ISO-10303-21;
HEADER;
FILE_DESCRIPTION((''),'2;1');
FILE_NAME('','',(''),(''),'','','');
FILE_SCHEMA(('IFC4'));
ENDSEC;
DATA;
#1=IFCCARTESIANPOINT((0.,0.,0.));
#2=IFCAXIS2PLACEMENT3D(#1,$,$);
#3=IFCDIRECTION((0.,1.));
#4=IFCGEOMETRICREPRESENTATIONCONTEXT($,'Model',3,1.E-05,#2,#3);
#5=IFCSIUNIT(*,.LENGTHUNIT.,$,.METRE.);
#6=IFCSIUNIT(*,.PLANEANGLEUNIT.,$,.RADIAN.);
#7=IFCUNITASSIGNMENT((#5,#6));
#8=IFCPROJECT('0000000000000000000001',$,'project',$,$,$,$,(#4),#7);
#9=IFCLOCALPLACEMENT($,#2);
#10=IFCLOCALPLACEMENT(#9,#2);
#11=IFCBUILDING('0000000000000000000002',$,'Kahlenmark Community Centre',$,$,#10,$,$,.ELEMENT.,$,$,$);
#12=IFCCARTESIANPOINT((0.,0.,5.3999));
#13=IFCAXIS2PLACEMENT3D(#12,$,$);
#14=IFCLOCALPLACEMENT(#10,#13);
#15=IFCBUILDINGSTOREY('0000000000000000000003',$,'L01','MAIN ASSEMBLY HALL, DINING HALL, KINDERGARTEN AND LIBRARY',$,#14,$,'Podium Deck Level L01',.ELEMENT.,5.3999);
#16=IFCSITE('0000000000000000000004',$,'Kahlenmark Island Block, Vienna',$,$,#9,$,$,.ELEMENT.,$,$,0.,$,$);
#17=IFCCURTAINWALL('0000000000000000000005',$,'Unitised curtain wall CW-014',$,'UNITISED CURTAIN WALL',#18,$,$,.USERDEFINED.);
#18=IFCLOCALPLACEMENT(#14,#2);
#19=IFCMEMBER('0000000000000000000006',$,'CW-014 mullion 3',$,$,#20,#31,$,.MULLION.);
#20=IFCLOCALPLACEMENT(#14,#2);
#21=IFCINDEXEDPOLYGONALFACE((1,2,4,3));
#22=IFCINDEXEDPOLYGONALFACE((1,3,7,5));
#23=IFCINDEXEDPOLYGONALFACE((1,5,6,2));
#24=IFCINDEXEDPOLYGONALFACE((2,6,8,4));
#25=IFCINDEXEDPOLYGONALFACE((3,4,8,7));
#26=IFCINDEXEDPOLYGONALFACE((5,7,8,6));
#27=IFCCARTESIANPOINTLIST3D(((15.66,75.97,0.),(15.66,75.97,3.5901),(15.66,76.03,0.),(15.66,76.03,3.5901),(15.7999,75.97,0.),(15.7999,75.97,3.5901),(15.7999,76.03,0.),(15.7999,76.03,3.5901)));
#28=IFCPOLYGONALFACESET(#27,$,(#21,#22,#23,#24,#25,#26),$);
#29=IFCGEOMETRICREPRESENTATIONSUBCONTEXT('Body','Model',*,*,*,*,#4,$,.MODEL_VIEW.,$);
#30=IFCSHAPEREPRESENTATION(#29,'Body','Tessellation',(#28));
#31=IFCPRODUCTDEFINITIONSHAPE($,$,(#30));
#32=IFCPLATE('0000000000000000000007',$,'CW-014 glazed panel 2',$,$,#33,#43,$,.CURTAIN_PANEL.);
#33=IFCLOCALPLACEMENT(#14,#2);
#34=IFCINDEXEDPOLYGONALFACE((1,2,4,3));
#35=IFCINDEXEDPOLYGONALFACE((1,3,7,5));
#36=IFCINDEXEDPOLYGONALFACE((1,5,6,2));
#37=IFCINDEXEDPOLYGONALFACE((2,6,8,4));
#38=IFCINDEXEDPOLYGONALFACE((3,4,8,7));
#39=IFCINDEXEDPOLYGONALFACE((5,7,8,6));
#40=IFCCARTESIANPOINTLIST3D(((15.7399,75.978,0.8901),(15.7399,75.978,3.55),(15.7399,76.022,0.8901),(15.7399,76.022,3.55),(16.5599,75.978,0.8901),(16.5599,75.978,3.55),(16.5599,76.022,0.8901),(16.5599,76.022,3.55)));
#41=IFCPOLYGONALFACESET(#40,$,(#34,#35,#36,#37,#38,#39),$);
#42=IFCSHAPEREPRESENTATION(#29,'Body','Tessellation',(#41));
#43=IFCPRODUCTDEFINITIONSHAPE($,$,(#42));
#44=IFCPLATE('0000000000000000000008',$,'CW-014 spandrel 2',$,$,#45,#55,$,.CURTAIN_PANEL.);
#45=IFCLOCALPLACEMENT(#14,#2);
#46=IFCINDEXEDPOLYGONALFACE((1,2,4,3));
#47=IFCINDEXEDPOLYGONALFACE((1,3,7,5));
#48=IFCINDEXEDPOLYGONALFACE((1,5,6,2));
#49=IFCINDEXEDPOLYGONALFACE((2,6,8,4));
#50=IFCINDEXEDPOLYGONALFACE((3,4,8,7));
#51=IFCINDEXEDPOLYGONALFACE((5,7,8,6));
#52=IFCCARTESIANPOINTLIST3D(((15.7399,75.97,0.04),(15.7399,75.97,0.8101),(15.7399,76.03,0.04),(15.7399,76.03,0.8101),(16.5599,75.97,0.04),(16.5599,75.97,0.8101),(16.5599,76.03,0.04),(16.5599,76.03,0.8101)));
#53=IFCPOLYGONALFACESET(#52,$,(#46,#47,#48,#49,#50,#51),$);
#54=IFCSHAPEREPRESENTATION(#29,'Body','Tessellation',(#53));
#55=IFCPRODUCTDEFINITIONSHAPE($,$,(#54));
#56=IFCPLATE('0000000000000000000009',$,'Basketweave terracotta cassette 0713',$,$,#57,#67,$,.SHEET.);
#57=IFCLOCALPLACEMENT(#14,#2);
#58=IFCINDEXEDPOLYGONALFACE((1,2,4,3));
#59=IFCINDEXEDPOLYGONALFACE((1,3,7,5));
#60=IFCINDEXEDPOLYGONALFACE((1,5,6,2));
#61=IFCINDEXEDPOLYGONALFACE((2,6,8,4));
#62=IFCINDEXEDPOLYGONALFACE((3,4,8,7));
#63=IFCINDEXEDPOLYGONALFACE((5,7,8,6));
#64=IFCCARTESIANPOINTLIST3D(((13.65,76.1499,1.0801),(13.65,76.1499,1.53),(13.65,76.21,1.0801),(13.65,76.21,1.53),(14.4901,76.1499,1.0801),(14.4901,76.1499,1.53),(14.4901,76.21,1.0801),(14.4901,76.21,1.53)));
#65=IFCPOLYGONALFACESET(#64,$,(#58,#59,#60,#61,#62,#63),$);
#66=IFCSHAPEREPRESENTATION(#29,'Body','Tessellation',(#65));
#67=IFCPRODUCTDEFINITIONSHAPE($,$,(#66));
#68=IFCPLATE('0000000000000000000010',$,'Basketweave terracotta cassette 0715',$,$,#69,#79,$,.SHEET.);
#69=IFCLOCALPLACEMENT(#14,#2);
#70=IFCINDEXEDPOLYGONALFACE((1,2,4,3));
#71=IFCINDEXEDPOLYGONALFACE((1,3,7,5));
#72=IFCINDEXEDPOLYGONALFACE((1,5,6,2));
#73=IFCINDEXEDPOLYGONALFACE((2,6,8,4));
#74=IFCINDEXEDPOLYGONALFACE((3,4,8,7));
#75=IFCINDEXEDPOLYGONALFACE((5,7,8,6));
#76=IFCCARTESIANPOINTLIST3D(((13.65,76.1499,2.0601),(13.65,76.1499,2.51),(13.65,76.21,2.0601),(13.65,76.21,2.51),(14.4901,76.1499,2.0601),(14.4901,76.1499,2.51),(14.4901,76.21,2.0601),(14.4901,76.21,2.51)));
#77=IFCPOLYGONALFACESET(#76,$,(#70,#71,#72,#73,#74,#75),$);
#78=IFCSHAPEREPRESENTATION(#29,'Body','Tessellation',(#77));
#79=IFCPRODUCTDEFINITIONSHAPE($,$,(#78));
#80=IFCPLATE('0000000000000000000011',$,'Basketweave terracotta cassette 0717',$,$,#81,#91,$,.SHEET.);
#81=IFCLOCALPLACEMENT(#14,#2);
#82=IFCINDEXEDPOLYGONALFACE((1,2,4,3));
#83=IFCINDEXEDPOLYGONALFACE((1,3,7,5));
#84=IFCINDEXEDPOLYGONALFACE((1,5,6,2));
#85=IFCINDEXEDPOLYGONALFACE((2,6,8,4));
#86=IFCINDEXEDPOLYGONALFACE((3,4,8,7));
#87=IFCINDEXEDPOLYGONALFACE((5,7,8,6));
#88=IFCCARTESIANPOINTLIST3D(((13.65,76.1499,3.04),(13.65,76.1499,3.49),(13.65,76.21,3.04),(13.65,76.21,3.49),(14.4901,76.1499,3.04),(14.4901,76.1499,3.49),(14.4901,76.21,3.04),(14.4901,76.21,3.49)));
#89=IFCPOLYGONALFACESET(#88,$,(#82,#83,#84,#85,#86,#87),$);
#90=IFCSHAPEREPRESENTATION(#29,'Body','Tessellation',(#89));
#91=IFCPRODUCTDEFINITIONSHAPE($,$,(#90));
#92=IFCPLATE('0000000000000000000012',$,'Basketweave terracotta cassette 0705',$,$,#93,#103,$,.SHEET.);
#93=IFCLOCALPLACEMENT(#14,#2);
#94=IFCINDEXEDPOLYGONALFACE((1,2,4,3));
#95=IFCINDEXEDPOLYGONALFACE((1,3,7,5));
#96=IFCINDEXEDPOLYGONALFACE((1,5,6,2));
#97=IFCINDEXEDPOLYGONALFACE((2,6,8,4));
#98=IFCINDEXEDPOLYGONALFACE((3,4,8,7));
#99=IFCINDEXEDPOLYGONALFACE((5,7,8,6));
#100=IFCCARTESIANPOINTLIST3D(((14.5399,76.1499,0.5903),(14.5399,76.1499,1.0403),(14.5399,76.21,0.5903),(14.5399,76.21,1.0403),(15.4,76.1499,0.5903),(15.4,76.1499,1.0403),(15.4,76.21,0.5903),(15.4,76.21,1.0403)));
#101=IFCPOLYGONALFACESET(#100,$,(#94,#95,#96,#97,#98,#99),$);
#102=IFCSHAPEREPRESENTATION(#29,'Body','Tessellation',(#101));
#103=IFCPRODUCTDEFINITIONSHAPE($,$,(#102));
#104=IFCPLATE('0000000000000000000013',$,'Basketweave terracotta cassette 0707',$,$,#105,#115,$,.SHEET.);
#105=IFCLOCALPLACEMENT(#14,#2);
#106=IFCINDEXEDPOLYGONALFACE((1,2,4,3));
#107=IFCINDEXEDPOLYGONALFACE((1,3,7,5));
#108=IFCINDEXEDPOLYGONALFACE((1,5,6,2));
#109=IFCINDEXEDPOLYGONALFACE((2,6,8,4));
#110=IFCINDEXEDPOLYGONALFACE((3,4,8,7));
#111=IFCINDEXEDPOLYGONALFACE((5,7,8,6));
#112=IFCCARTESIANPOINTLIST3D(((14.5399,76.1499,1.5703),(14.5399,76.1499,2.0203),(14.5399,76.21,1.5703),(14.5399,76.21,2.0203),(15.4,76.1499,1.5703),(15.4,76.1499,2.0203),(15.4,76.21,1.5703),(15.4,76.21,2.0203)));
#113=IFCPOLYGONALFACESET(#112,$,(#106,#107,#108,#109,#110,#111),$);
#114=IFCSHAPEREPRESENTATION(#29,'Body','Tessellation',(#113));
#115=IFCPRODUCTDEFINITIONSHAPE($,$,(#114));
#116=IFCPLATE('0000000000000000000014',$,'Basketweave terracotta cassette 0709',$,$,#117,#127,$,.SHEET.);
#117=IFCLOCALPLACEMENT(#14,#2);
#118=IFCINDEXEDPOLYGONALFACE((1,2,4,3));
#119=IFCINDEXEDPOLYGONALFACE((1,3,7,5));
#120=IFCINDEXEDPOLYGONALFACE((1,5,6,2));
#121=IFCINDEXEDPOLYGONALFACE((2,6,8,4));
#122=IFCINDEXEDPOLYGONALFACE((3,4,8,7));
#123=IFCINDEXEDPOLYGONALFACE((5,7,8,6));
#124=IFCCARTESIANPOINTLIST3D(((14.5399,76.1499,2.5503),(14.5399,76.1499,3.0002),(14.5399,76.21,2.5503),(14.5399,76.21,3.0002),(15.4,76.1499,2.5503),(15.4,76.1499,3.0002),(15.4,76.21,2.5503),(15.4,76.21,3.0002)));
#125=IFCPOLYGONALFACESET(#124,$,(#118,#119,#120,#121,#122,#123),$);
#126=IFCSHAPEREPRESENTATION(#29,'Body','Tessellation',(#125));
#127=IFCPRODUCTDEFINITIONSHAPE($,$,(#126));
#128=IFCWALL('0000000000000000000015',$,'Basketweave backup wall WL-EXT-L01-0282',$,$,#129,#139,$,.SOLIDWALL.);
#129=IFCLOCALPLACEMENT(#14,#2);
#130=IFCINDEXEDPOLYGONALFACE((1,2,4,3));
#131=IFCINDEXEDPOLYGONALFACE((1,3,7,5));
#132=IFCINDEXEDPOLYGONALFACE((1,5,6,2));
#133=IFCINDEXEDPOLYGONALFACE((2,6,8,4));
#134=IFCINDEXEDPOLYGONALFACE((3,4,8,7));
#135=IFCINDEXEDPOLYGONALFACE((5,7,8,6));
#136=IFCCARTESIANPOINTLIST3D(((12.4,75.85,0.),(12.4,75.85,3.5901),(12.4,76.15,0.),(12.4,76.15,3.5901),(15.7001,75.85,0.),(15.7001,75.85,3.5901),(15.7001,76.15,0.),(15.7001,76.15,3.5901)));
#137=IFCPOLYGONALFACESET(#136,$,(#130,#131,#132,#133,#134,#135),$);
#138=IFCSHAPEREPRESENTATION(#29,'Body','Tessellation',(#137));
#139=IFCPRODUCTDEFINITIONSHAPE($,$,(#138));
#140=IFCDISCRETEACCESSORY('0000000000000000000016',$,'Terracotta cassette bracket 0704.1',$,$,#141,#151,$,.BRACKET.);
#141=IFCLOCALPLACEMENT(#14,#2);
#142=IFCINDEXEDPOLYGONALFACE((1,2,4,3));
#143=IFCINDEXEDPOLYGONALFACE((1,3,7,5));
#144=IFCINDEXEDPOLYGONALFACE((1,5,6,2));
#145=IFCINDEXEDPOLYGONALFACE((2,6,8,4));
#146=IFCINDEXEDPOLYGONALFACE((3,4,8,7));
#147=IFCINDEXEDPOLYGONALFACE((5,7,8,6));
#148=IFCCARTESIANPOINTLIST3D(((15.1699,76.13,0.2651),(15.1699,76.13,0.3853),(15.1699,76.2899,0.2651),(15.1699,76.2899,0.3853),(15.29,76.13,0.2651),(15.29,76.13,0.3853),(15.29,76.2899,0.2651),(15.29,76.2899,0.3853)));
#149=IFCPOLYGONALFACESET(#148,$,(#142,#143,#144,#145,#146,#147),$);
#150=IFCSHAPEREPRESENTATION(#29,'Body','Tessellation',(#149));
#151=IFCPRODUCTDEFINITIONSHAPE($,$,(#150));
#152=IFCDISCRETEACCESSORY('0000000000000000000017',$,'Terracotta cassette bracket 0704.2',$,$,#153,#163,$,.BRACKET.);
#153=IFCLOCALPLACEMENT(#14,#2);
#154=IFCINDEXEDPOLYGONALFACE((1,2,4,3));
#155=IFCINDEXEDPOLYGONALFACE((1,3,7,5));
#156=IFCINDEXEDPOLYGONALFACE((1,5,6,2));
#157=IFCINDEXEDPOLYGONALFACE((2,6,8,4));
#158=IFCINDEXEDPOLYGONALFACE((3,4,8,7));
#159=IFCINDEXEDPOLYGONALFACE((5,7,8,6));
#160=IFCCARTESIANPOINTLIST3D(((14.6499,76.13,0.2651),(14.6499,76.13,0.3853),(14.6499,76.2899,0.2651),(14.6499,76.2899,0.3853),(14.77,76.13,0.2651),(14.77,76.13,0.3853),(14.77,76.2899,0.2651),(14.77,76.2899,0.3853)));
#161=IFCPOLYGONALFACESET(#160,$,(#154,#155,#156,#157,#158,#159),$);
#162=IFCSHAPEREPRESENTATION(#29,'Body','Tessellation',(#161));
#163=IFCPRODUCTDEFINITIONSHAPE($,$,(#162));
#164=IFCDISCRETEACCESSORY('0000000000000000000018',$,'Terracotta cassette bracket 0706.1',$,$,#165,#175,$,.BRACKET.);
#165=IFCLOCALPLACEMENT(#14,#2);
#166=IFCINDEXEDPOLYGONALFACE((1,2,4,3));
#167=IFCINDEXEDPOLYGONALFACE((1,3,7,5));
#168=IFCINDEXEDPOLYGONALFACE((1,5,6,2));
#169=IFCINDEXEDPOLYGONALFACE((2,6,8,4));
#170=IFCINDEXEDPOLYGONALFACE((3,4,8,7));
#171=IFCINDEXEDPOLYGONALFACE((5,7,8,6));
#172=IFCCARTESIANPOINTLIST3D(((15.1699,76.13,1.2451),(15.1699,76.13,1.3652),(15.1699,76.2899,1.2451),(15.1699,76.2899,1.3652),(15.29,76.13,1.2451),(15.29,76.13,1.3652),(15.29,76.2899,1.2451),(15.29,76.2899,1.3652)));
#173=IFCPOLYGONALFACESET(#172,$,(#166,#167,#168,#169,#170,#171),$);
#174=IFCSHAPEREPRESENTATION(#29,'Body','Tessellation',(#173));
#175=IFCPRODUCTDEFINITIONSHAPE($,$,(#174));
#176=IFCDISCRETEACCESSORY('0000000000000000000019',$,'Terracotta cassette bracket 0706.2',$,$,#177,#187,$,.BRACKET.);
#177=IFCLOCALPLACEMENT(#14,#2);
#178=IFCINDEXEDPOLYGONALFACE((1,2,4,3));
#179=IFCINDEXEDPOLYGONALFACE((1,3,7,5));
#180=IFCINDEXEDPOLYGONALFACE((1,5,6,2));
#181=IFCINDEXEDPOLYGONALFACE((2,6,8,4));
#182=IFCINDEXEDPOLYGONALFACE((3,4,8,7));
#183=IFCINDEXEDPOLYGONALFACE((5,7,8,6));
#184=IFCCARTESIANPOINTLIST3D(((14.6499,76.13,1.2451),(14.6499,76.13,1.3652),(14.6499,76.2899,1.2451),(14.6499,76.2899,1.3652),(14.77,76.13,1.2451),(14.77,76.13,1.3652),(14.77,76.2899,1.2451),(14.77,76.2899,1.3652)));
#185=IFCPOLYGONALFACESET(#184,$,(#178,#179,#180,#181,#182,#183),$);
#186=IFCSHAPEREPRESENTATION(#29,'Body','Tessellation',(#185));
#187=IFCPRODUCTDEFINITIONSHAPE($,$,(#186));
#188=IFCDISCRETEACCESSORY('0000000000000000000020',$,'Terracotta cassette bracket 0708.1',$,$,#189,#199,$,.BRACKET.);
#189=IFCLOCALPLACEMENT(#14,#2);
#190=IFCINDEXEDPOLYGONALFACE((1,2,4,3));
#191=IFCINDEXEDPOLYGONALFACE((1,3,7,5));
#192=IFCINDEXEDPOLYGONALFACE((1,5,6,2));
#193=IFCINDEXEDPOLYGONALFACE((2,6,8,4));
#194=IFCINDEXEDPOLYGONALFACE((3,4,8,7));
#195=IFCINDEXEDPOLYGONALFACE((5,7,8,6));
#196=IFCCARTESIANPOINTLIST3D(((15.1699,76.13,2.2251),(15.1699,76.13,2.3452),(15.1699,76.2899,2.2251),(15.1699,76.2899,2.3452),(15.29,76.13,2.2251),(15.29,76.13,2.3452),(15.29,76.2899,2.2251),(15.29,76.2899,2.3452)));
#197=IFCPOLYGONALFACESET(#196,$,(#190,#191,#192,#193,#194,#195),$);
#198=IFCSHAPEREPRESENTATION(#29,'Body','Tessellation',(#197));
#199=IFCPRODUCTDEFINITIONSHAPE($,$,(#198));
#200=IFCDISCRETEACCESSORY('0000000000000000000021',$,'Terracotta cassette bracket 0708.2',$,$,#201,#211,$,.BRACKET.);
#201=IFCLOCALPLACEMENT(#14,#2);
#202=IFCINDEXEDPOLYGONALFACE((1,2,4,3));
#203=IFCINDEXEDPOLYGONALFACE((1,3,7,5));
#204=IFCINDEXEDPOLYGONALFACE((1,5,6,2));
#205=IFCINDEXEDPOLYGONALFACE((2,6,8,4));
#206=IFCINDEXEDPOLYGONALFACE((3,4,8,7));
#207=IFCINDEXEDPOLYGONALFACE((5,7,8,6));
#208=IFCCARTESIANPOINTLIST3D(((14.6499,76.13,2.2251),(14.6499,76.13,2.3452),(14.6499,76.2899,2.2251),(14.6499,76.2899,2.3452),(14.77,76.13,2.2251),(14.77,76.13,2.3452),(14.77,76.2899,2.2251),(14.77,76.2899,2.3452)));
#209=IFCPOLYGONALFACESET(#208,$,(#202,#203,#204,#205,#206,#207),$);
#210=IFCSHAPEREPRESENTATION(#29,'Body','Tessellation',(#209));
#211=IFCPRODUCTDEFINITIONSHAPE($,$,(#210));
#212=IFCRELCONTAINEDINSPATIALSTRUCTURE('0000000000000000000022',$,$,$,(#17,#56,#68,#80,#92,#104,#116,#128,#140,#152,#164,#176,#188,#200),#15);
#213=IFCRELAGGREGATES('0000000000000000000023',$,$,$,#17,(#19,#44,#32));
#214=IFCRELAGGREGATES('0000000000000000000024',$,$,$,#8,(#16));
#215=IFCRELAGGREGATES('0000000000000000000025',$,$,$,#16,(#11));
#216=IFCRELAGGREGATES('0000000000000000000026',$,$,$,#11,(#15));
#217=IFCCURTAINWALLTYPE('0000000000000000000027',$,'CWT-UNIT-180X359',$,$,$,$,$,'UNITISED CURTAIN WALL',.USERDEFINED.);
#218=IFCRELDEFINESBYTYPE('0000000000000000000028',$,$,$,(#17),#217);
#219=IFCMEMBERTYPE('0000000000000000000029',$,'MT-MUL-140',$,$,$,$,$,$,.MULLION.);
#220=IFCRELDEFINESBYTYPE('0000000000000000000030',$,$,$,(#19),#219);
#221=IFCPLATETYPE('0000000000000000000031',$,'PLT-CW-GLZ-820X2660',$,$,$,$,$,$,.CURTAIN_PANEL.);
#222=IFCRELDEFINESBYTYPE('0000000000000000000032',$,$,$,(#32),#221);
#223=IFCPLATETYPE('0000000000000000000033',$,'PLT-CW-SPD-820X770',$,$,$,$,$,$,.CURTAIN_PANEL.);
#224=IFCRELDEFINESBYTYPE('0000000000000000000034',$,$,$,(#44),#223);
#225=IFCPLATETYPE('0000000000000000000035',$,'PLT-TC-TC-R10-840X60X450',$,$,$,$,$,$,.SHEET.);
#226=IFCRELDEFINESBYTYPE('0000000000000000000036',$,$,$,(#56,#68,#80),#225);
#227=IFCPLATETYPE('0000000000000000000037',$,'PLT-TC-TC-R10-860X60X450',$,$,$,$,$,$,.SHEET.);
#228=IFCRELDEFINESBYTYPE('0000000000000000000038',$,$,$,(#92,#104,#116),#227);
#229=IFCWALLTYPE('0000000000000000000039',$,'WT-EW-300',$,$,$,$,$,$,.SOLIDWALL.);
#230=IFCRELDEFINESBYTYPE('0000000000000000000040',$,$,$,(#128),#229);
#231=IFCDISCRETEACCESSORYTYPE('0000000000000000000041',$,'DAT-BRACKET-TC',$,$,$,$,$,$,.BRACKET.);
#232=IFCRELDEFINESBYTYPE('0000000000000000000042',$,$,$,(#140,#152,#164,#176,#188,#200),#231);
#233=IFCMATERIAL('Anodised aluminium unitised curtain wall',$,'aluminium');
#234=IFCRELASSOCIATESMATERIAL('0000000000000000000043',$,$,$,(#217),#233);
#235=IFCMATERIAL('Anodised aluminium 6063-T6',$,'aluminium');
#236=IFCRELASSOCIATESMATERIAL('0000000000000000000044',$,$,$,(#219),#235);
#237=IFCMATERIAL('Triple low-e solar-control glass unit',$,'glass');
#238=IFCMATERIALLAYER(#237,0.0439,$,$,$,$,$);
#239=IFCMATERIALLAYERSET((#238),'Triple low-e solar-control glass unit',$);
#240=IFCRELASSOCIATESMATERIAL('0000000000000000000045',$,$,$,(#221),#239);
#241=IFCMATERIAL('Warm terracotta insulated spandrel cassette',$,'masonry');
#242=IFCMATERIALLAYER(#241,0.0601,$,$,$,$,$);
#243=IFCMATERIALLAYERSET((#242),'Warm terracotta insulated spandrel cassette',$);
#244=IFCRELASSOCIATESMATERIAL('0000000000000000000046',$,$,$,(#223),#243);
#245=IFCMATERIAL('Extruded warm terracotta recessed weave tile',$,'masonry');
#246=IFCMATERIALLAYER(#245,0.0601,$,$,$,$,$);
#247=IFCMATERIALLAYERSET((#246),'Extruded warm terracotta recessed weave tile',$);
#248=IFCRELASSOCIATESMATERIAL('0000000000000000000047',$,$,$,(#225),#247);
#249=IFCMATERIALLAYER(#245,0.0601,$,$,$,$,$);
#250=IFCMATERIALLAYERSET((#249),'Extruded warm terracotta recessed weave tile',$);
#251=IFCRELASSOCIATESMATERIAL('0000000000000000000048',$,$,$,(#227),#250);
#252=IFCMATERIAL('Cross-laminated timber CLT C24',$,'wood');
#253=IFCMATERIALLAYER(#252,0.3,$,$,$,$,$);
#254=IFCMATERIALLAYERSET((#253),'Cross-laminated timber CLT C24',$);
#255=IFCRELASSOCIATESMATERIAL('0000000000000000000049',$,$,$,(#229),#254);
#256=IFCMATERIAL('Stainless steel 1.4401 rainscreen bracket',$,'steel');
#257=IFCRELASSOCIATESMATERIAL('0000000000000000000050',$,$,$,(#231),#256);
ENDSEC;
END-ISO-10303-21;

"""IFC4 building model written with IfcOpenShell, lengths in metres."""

from ifc_helpers import new_model, si_unit, direction, frame, frame_2d, origin, origin_2d, place, context, subcontext, project, spatial, rectangle, extrude, material, layer, layer_set, material_profile, profile_set, type_object, element, aggregate, save


model = new_model("IFC4")

# Units and contexts
model_context = context("Model", 3, precision=1e-05, world=origin(), true_north=direction((0.0, 1.0)))
body_context = subcontext(model_context, "Body", "Model", "MODEL_VIEW")
ifc_project = project(units=[si_unit("LENGTHUNIT", "METRE"), si_unit("PLANEANGLEUNIT", "RADIAN")], contexts=[model_context])

# Site, building, storey
site_placement = place(None, origin())
site = spatial("IfcSite", under=ifc_project, at=site_placement, Name="Kahlenmark Island Block, Vienna", CompositionType="ELEMENT", RefElevation=0.0)
building_placement = place(site_placement, origin())
building = spatial("IfcBuilding", under=site, at=building_placement, Name="Kahlenmark Community Centre", CompositionType="ELEMENT")
storey_placement = place(building_placement, frame((0.0, 0.0, 5.3999)))
storey = spatial("IfcBuildingStorey", under=building, at=storey_placement, Name="L01", Description="MAIN ASSEMBLY HALL, DINING HALL, KINDERGARTEN AND LIBRARY", LongName="Podium Deck Level L01", CompositionType="ELEMENT", Elevation=5.3999)

# Curtain wall, member, plates
ifc_material_1 = material(Name="Anodised aluminium unitised curtain wall", Category="aluminium")
curtain_wall_type = type_object("IfcCurtainWallType", Name="CWT-UNIT-180X359", ElementType="UNITISED CURTAIN WALL", PredefinedType="USERDEFINED", material=ifc_material_1)
curtain_wall_placement = place(storey_placement, origin())
curtain_wall = element("IfcCurtainWall", 1, at=curtain_wall_placement, inside=storey, type_object=curtain_wall_type, Name="Unitised curtain wall CW-014", ObjectType="UNITISED CURTAIN WALL", PredefinedType="USERDEFINED")
ifc_material_2 = material(Name="Anodised aluminium 6063-T6", Category="aluminium")
ifc_material_profile = material_profile(ifc_material_2, rectangle(XDim=0.0601, YDim=0.1399, at=origin_2d()), Name="ALU MULLION 60x140")
ifc_profile_set = profile_set([ifc_material_profile], Name="Anodised aluminium 6063-T6")
member_type = type_object("IfcMemberType", Name="MT-MUL-140", PredefinedType="MULLION", material=ifc_profile_set)
member_placement = place(storey_placement, frame((15.73, 76.0, 0.0), z_axis=(0.0, 0.0, 1.0), x_axis=(0.0, -1.0, 0.0)))
member = element("IfcMember", 2, at=member_placement, type_object=member_type, Name="CW-014 mullion 3", PredefinedType="MULLION", context=body_context, shape_type="SweptSolid", body=[
    extrude(rectangle(XDim=0.0601, YDim=0.1399, at=origin_2d()), origin(), (0.0, 0.0, 1.0), 3.5901),
])
ifc_material_3 = material(Name="Triple low-e solar-control glass unit", Category="glass")
ifc_layer_1 = layer(ifc_material_3, 0.0439)
ifc_layer_set_1 = layer_set([ifc_layer_1], Name="Triple low-e solar-control glass unit")
plate_type_1 = type_object("IfcPlateType", Name="PLT-CW-GLZ-820X2660", PredefinedType="CURTAIN_PANEL", material=ifc_layer_set_1)
plate_1_placement = place(storey_placement, frame((16.1499, 76.0, 0.8901), z_axis=(0.0, 0.0, 1.0), x_axis=(-1.0, 0.0, 0.0)))
plate_1 = element("IfcPlate", 3, at=plate_1_placement, type_object=plate_type_1, Name="CW-014 glazed panel 2", PredefinedType="CURTAIN_PANEL", context=body_context, shape_type="SweptSolid", body=[
    extrude(rectangle(XDim=0.8201, YDim=0.0439, at=origin_2d()), origin(), (0.0, 0.0, 1.0), 2.6599),
])
ifc_material_4 = material(Name="Warm terracotta insulated spandrel cassette", Category="masonry")
ifc_layer_2 = layer(ifc_material_4, 0.0601)
ifc_layer_set_2 = layer_set([ifc_layer_2], Name="Warm terracotta insulated spandrel cassette")
plate_type_2 = type_object("IfcPlateType", Name="PLT-CW-SPD-820X770", PredefinedType="CURTAIN_PANEL", material=ifc_layer_set_2)
plate_2_placement = place(storey_placement, frame((16.1499, 76.0, 0.04), z_axis=(0.0, 0.0, 1.0), x_axis=(-1.0, 0.0, 0.0)))
plate_2 = element("IfcPlate", 4, at=plate_2_placement, type_object=plate_type_2, Name="CW-014 spandrel 2", PredefinedType="CURTAIN_PANEL", context=body_context, shape_type="SweptSolid", body=[
    extrude(rectangle(XDim=0.8201, YDim=0.0601, at=origin_2d()), origin(), (0.0, 0.0, 1.0), 0.77),
])
aggregate(curtain_wall, [member, plate_2, plate_1])

# Plates
ifc_material_5 = material(Name="Extruded warm terracotta recessed weave tile", Category="masonry")
ifc_layer_3 = layer(ifc_material_5, 0.0601)
ifc_layer_set_3 = layer_set([ifc_layer_3], Name="Extruded warm terracotta recessed weave tile")
plate_type_3 = type_object("IfcPlateType", Name="PLT-TC-TC-R10-840X60X450", PredefinedType="SHEET", material=ifc_layer_set_3)
for number, where, z_axis, x_axis, name in (
    (5, (14.0701, 76.1799, 1.0801), (0.0, 0.0, 1.0), (-1.0, 0.0, 0.0), "Basketweave terracotta cassette 0713"),
    (6, (14.0701, 76.1799, 2.0601), (0.0, 0.0, 1.0), (-1.0, 0.0, 0.0), "Basketweave terracotta cassette 0715"),
    (7, (14.0701, 76.1799, 3.04), (0.0, 0.0, 1.0), (-1.0, 0.0, 0.0), "Basketweave terracotta cassette 0717"),
):
    element("IfcPlate", number, at=place(storey_placement, frame(where, z_axis=z_axis, x_axis=x_axis)), inside=storey, type_object=plate_type_3, Name=name, PredefinedType="SHEET", context=body_context, shape_type="SweptSolid", body=[
        extrude(rectangle(XDim=0.8401, YDim=0.0601, at=origin_2d()), origin(), (0.0, 0.0, 1.0), 0.45),
    ])
ifc_layer_4 = layer(ifc_material_5, 0.0601)
ifc_layer_set_4 = layer_set([ifc_layer_4], Name="Extruded warm terracotta recessed weave tile")
plate_type_4 = type_object("IfcPlateType", Name="PLT-TC-TC-R10-860X60X450", PredefinedType="SHEET", material=ifc_layer_set_4)
for number, where, z_axis, x_axis, name in (
    (8, (14.97, 76.1799, 0.5903), (0.0, 0.0, 1.0), (-1.0, 0.0, 0.0), "Basketweave terracotta cassette 0705"),
    (9, (14.97, 76.1799, 1.5703), (0.0, 0.0, 1.0), (-1.0, 0.0, 0.0), "Basketweave terracotta cassette 0707"),
    (10, (14.97, 76.1799, 2.5503), (0.0, 0.0, 1.0), (-1.0, 0.0, 0.0), "Basketweave terracotta cassette 0709"),
):
    element("IfcPlate", number, at=place(storey_placement, frame(where, z_axis=z_axis, x_axis=x_axis)), inside=storey, type_object=plate_type_4, Name=name, PredefinedType="SHEET", context=body_context, shape_type="SweptSolid", body=[
        extrude(rectangle(XDim=0.8601, YDim=0.0601, at=origin_2d()), origin(), (0.0, 0.0, 1.0), 0.45),
    ])

# Wall
ifc_material_6 = material(Name="Cross-laminated timber CLT C24", Category="wood")
ifc_layer_5 = layer(ifc_material_6, 0.3)
ifc_layer_set_5 = layer_set([ifc_layer_5], Name="Cross-laminated timber CLT C24")
wall_type = type_object("IfcWallType", Name="WT-EW-300", PredefinedType="SOLIDWALL", material=ifc_layer_set_5)
wall_placement = place(storey_placement, frame((15.7, 76.0, 0.0), z_axis=(0.0, 0.0, 1.0), x_axis=(-1.0, 0.0, 0.0)))
element("IfcWall", 11, at=wall_placement, inside=storey, type_object=wall_type, Name="Basketweave backup wall WL-EXT-L01-0282", PredefinedType="SOLIDWALL", context=body_context, shape_type="SweptSolid", body=[
    extrude(rectangle(XDim=3.3, YDim=0.3, at=frame_2d((1.6499, 0.0))), origin(), (0.0, 0.0, 1.0), 3.5901),
])

# Discrete accessories
ifc_material_7 = material(Name="Stainless steel 1.4401 rainscreen bracket", Category="steel")
discrete_accessory_type = type_object("IfcDiscreteAccessoryType", Name="DAT-BRACKET-TC", PredefinedType="BRACKET", material=ifc_material_7)
for number, where, z_axis, x_axis, name in (
    (12, (15.23, 76.21, 0.2651), (0.0, 0.0, 1.0), (-1.0, 0.0, 0.0), "Terracotta cassette bracket 0704.1"),
    (13, (14.71, 76.21, 0.2651), (0.0, 0.0, 1.0), (-1.0, 0.0, 0.0), "Terracotta cassette bracket 0704.2"),
    (14, (15.23, 76.21, 1.2451), (0.0, 0.0, 1.0), (-1.0, 0.0, 0.0), "Terracotta cassette bracket 0706.1"),
    (15, (14.71, 76.21, 1.2451), (0.0, 0.0, 1.0), (-1.0, 0.0, 0.0), "Terracotta cassette bracket 0706.2"),
    (16, (15.23, 76.21, 2.2251), (0.0, 0.0, 1.0), (-1.0, 0.0, 0.0), "Terracotta cassette bracket 0708.1"),
    (17, (14.71, 76.21, 2.2251), (0.0, 0.0, 1.0), (-1.0, 0.0, 0.0), "Terracotta cassette bracket 0708.2"),
):
    element("IfcDiscreteAccessory", number, at=place(storey_placement, frame(where, z_axis=z_axis, x_axis=x_axis)), inside=storey, type_object=discrete_accessory_type, Name=name, PredefinedType="BRACKET", context=body_context, shape_type="SweptSolid", body=[
        extrude(rectangle(XDim=0.1201, YDim=0.1599, at=origin_2d()), origin(), (0.0, 0.0, 1.0), 0.1201),
    ])

save(model, "model.ifc")
